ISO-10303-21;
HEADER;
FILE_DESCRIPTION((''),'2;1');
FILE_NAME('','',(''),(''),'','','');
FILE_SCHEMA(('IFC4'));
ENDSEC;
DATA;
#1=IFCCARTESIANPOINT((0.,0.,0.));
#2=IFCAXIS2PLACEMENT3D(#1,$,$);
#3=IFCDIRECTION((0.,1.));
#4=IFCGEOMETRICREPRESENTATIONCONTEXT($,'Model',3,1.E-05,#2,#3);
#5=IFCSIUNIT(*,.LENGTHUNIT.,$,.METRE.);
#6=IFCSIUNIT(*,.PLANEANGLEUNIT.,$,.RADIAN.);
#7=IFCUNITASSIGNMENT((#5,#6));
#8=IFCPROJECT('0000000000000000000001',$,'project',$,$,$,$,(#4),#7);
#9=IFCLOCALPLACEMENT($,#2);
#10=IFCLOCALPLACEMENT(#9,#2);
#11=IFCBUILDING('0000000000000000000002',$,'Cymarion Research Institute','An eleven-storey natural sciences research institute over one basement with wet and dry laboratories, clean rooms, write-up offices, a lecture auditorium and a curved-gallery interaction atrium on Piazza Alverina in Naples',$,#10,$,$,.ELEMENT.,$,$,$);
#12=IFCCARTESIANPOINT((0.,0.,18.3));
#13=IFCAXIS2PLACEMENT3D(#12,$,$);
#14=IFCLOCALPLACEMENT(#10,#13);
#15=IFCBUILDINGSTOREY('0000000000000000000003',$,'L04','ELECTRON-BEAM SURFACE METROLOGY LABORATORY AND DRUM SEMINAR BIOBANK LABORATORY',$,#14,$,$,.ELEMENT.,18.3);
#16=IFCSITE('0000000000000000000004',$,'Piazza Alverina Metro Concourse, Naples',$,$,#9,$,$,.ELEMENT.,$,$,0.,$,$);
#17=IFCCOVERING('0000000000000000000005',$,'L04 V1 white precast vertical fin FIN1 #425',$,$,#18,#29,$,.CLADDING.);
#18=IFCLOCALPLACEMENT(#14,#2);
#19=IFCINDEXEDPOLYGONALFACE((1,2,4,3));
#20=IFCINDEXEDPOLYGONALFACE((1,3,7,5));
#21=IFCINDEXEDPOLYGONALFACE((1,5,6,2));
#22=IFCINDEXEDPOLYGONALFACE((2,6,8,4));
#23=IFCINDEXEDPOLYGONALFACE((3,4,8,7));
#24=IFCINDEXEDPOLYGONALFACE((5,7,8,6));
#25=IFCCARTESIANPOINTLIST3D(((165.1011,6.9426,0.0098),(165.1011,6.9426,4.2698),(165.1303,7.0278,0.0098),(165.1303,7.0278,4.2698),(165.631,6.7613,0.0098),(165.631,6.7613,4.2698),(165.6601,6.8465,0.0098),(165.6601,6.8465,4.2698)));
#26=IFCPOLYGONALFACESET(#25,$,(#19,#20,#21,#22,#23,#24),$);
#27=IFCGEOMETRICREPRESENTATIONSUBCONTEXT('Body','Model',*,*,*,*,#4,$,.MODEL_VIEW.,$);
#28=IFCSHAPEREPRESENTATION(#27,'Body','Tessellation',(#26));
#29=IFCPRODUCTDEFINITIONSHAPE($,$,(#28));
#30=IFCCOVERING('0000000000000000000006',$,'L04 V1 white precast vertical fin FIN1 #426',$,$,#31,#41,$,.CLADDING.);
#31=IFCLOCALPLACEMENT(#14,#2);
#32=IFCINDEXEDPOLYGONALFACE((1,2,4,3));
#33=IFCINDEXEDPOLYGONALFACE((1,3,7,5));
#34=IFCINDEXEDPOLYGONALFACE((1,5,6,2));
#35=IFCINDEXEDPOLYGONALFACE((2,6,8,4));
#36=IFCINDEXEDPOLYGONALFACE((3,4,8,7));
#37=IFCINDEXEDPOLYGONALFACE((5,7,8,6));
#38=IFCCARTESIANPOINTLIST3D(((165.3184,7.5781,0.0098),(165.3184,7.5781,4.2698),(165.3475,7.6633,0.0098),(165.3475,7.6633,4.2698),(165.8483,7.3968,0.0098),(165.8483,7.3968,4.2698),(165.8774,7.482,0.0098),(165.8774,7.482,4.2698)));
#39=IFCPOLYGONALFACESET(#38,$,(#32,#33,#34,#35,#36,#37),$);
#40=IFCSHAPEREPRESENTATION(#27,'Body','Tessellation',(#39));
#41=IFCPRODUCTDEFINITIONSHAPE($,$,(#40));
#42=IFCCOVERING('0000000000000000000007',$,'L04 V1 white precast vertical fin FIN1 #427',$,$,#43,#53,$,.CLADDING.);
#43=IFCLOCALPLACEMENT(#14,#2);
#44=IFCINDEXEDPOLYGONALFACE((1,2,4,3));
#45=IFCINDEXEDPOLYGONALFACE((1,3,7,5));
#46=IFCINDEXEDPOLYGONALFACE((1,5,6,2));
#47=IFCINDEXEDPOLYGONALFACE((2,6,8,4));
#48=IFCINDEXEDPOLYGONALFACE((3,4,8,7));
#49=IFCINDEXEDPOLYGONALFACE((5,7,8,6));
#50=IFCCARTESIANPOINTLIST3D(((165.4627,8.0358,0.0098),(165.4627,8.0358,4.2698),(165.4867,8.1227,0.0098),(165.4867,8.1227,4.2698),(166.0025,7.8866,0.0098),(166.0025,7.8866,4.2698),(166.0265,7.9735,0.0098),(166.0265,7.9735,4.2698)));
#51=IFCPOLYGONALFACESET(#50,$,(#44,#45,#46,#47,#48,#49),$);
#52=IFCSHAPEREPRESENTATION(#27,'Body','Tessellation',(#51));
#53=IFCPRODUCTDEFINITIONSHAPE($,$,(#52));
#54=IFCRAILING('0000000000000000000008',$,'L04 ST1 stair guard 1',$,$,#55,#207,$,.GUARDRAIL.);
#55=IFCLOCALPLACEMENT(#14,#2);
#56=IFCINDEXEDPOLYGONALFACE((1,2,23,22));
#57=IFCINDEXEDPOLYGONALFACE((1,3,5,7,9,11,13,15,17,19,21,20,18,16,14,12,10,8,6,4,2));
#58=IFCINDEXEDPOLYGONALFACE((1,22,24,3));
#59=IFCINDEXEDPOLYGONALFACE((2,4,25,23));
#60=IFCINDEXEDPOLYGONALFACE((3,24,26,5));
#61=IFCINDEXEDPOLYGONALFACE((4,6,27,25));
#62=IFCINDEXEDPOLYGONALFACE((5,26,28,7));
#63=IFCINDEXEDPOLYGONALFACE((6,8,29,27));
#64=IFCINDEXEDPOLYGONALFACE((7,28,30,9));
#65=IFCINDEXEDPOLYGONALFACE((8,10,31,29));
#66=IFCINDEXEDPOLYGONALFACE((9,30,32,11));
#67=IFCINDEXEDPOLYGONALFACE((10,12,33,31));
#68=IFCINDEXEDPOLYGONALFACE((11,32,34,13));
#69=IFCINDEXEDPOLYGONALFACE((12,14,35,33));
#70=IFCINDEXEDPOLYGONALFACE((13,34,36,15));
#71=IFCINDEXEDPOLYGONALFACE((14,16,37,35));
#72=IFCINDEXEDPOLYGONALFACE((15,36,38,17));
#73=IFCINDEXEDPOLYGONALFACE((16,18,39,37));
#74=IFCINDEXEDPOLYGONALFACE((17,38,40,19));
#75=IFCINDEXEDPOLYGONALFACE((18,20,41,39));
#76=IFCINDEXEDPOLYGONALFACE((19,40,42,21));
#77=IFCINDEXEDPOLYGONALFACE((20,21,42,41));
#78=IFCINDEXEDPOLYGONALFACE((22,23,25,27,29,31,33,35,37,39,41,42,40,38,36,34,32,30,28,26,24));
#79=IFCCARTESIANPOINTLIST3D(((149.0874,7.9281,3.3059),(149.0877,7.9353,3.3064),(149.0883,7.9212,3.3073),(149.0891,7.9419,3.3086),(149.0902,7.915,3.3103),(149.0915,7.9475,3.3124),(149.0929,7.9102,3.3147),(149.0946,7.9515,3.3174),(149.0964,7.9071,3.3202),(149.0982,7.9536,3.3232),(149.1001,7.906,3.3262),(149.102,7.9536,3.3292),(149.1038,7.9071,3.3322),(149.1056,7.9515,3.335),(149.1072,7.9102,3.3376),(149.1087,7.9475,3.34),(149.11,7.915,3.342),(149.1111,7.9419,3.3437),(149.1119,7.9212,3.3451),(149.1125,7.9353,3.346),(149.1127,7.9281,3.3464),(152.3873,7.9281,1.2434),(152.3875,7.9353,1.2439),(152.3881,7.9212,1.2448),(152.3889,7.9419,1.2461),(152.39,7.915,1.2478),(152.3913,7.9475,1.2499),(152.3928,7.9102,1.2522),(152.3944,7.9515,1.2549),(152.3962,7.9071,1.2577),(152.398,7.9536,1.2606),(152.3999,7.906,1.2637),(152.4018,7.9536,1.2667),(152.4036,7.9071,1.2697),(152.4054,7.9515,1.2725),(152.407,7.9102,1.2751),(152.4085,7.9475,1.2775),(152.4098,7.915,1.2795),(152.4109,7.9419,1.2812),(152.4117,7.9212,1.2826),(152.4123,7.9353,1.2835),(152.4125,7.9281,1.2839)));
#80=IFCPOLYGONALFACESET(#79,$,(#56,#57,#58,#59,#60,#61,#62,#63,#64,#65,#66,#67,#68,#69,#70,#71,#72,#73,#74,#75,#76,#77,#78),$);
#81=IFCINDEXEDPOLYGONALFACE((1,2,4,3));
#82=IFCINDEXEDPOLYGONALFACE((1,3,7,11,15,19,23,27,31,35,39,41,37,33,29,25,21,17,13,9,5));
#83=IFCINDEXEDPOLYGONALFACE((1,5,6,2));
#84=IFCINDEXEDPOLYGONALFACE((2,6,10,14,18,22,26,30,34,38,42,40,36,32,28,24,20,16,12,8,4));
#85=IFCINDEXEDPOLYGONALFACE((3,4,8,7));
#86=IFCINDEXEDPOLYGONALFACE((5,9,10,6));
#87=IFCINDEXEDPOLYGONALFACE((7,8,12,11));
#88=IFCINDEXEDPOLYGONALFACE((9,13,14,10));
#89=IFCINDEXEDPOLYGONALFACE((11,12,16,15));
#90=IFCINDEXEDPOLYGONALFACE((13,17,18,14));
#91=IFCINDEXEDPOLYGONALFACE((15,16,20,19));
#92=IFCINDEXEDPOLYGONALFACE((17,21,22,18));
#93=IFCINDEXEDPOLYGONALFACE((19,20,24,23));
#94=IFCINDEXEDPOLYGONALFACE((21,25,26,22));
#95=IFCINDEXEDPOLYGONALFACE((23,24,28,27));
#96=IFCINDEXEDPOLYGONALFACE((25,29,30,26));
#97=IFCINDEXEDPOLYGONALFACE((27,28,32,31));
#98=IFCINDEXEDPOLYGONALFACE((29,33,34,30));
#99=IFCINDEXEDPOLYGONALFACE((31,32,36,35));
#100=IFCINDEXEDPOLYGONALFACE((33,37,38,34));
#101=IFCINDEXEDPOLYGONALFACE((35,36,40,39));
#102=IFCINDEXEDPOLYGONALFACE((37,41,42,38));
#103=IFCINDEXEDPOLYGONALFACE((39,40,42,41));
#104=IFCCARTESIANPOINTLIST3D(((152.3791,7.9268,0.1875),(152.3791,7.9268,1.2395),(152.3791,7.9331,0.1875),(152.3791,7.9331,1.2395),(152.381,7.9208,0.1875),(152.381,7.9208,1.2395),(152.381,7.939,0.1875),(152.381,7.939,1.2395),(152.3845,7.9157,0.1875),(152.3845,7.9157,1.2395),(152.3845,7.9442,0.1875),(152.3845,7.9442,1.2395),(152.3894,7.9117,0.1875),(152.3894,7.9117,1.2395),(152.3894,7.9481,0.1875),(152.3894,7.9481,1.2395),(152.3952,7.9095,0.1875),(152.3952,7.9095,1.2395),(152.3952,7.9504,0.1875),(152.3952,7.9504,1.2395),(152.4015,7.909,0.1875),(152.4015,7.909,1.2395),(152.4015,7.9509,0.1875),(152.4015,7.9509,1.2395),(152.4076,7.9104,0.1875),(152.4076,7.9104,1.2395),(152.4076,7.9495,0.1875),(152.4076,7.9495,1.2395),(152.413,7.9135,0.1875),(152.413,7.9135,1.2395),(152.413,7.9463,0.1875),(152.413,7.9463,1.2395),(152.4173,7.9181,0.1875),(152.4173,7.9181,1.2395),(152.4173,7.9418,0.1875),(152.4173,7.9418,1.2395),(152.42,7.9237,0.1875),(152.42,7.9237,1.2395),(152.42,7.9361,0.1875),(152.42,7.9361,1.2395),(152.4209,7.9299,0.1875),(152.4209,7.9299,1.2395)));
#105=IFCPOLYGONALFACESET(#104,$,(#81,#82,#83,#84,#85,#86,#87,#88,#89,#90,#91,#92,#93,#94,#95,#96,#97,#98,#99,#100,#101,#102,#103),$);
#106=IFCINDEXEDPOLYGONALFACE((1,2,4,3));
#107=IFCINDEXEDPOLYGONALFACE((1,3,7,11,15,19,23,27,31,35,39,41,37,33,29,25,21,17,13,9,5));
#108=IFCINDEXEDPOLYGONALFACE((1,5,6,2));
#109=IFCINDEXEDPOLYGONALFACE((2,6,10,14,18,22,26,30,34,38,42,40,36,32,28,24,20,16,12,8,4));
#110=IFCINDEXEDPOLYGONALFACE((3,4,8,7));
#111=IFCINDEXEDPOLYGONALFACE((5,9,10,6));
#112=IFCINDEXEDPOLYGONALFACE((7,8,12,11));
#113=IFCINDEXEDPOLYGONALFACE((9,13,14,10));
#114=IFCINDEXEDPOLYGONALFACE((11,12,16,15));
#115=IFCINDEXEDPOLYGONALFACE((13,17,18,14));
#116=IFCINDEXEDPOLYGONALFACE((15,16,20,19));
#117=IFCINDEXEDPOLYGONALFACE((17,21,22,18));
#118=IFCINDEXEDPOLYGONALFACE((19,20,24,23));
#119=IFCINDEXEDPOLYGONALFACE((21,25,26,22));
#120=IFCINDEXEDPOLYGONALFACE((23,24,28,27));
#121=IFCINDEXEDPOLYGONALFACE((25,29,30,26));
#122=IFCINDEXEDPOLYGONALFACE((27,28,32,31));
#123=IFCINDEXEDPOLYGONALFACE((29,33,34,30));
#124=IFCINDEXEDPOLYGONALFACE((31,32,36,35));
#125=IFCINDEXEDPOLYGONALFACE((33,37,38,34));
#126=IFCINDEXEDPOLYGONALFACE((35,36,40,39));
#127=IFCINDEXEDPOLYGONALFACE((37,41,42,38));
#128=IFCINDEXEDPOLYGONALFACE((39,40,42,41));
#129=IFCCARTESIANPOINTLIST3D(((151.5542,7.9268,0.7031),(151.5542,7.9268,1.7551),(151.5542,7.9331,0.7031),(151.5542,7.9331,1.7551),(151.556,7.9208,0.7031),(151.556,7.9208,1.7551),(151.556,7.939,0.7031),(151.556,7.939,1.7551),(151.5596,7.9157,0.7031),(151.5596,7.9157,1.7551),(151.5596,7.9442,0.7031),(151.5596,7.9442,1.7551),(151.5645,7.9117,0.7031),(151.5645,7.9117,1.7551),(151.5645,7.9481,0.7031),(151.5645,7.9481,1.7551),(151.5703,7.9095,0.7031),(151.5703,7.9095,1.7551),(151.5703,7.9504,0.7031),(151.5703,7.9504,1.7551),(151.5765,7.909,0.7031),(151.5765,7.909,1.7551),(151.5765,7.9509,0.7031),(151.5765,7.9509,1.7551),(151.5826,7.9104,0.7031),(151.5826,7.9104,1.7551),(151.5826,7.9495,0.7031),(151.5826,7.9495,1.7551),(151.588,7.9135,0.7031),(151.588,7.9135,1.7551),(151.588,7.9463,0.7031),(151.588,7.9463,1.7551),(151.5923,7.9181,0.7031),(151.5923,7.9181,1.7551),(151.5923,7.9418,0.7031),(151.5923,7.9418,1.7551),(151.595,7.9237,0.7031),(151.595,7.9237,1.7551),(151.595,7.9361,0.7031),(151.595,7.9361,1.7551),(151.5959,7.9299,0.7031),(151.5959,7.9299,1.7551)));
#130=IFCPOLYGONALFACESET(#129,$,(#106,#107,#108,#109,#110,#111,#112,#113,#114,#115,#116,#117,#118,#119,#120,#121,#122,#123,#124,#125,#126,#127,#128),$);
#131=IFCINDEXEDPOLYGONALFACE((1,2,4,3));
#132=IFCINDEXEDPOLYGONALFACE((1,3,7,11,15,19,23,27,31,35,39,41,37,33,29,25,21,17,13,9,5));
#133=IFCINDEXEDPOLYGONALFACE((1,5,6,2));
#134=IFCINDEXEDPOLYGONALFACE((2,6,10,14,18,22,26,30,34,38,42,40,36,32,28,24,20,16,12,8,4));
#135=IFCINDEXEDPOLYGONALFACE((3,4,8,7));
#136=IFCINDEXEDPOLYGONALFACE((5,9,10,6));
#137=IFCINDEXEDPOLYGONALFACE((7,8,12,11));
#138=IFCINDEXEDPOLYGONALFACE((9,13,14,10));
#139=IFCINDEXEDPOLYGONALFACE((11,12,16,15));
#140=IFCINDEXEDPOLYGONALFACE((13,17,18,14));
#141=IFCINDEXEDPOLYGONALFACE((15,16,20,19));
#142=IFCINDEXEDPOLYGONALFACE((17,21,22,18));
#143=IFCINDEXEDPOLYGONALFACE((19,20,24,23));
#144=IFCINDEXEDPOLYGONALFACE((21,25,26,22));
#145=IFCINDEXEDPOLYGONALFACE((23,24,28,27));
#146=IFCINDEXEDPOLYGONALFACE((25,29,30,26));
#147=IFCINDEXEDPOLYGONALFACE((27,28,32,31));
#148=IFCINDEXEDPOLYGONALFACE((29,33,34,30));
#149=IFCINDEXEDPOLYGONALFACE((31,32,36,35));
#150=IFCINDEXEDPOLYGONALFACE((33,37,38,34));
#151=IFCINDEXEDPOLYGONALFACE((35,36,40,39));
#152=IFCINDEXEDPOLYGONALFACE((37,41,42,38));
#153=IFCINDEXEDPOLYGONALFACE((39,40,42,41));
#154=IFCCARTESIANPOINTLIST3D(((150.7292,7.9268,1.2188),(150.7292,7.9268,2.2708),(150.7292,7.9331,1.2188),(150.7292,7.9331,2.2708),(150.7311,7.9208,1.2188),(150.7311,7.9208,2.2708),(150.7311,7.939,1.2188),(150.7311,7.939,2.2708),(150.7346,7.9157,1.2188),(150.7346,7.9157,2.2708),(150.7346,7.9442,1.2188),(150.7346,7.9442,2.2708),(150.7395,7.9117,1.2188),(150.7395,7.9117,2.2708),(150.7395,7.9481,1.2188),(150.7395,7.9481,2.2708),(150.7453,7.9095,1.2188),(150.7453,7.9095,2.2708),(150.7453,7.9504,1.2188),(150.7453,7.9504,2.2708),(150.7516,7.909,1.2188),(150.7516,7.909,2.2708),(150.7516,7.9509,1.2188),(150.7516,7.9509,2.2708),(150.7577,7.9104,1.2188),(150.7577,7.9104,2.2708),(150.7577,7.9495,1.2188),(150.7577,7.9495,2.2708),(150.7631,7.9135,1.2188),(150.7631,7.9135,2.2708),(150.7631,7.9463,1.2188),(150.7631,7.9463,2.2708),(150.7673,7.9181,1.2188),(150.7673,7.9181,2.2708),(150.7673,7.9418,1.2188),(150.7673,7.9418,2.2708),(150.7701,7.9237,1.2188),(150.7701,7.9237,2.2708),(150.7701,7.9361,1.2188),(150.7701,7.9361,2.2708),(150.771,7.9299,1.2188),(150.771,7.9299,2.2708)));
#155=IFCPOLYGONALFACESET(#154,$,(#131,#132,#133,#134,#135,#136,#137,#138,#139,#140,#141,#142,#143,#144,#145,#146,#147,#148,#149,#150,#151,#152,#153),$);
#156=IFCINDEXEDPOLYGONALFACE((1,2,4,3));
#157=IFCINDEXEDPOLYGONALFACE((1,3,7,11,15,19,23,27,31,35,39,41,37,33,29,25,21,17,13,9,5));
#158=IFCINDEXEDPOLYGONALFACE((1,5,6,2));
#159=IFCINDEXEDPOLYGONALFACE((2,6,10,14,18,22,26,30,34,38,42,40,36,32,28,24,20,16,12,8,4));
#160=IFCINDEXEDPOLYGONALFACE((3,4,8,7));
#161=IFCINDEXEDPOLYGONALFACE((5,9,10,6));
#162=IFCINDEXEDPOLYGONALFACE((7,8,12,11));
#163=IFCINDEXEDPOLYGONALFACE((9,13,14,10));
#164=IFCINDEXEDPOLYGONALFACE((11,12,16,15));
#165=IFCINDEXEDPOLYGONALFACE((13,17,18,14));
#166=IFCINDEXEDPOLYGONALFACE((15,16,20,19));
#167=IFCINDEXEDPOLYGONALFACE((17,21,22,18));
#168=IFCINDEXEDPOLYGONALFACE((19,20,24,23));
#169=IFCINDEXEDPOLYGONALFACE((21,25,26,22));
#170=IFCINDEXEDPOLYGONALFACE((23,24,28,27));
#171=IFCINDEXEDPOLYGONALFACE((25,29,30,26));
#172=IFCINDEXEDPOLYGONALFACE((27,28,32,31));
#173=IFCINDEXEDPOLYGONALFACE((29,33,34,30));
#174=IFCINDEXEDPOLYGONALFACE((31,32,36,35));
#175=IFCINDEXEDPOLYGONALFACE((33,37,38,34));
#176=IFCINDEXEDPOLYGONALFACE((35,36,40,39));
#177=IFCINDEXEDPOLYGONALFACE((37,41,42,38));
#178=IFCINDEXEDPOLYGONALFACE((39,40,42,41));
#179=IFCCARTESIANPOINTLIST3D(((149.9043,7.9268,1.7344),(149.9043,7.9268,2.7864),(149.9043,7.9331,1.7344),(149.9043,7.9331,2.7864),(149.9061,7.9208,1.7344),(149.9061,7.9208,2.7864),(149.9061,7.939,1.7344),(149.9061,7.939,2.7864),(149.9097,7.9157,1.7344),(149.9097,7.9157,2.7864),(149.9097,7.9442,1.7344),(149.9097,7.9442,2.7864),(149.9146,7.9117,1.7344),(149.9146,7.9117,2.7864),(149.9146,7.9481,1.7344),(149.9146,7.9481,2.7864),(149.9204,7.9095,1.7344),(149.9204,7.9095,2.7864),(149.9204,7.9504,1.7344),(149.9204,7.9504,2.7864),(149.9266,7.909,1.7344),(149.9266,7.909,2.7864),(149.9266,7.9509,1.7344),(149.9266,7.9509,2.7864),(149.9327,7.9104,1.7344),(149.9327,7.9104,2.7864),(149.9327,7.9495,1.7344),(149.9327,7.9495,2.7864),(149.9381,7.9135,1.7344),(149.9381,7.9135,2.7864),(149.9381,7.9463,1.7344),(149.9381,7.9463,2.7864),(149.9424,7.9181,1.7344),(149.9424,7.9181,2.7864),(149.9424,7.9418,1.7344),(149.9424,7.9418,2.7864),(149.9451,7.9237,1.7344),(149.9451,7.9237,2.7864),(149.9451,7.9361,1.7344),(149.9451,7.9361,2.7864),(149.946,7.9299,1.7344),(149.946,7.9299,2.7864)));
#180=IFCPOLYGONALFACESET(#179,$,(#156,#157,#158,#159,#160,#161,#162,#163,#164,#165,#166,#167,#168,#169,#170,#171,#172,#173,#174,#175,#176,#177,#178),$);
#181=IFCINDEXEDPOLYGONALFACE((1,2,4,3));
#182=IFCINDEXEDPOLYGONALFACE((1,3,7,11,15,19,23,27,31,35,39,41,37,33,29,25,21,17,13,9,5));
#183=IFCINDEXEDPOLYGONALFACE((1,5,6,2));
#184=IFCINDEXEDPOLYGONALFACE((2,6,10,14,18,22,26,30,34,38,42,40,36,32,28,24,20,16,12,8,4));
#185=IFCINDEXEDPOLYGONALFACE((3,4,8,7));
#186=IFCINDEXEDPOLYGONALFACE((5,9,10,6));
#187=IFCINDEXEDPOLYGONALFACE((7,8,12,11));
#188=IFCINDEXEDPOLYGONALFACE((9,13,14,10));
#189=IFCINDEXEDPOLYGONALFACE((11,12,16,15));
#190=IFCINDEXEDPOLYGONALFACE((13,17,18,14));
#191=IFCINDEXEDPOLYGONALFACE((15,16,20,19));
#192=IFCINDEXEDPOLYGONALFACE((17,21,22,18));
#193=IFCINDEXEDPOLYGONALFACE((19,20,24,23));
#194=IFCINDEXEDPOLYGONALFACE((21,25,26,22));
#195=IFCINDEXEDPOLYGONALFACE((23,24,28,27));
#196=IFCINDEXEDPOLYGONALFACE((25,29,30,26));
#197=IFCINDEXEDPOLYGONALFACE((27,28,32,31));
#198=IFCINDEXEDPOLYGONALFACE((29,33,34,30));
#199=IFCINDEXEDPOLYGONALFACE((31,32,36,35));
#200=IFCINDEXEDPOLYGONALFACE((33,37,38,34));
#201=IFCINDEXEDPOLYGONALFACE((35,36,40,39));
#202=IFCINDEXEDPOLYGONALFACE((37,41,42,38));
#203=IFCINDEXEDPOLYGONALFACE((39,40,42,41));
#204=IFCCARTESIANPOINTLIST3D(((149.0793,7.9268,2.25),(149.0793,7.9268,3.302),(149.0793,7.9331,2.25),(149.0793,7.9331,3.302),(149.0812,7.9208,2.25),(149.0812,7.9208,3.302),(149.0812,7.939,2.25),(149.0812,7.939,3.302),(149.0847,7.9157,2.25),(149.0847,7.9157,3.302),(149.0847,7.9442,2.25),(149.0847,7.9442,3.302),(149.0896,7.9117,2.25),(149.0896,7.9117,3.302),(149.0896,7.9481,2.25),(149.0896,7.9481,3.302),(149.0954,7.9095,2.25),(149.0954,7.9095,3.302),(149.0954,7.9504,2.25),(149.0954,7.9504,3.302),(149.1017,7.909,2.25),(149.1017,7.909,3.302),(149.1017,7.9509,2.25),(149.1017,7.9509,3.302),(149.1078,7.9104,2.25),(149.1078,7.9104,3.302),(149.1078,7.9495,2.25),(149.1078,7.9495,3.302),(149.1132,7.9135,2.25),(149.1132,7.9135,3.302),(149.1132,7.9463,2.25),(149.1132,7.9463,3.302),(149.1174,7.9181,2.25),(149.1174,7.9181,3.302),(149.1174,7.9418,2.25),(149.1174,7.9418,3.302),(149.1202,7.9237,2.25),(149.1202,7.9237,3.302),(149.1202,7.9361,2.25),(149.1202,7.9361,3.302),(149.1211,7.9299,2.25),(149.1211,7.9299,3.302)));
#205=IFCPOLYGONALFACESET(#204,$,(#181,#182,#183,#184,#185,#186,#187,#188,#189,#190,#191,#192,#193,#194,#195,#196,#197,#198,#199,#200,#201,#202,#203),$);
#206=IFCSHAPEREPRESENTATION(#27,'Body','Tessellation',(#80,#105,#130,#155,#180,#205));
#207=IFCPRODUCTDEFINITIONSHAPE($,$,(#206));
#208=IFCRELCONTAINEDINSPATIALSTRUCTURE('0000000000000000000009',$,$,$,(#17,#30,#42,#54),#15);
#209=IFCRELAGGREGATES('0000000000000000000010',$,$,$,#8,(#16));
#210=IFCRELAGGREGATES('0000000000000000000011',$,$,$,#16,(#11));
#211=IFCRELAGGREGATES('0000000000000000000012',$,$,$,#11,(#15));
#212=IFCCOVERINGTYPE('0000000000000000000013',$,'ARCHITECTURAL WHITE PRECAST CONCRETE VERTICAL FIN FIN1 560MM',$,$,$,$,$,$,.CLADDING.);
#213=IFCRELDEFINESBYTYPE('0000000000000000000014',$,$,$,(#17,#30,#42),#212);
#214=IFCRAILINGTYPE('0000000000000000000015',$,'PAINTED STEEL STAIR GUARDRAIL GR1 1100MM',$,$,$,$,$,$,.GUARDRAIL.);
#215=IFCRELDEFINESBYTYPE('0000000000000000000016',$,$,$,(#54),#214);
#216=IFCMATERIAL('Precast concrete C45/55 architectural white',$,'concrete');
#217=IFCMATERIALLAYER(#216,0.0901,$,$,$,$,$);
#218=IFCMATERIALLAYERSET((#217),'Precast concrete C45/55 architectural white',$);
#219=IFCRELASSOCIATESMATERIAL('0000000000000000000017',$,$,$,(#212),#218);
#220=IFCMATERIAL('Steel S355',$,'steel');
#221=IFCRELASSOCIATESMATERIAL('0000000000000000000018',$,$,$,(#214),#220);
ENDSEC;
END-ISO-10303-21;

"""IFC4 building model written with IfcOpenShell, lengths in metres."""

from ifc_helpers import new_model, si_unit, direction, frame, origin, origin_2d, place, context, subcontext, project, spatial, rectangle, circle, extrude, material, layer, layer_set, type_object, element, save


model = new_model("IFC4")

# Units and contexts
model_context = context("Model", 3, precision=1e-05, world=origin(), true_north=direction((0.0, 1.0)))
body_context = subcontext(model_context, "Body", "Model", "MODEL_VIEW")
ifc_project = project(units=[si_unit("LENGTHUNIT", "METRE"), si_unit("PLANEANGLEUNIT", "RADIAN")], contexts=[model_context])

# Site, building, storey
site_placement = place(None, origin())
site = spatial("IfcSite", under=ifc_project, at=site_placement, Name="Piazza Alverina Metro Concourse, Naples", CompositionType="ELEMENT", RefElevation=0.0)
building_placement = place(site_placement, origin())
building = spatial("IfcBuilding", under=site, at=building_placement, Name="Cymarion Research Institute", Description="An eleven-storey natural sciences research institute over one basement with wet and dry laboratories, clean rooms, write-up offices, a lecture auditorium and a curved-gallery interaction atrium on Piazza Alverina in Naples", CompositionType="ELEMENT")
storey_placement = place(building_placement, frame((0.0, 0.0, 18.3)))
storey = spatial("IfcBuildingStorey", under=building, at=storey_placement, Name="L04", Description="ELECTRON-BEAM SURFACE METROLOGY LABORATORY AND DRUM SEMINAR BIOBANK LABORATORY", CompositionType="ELEMENT", Elevation=18.3)

# Shared definitions
ifc_material_1 = material(Name="Steel S355", Category="steel")

# Coverings
ifc_material_2 = material(Name="Precast concrete C45/55 architectural white", Category="concrete")
ifc_layer_1 = layer(ifc_material_2, 0.0901)
ifc_layer_set_1 = layer_set([ifc_layer_1], Name="Precast concrete C45/55 architectural white")
covering_type = type_object("IfcCoveringType", Name="ARCHITECTURAL WHITE PRECAST CONCRETE VERTICAL FIN FIN1 560MM", PredefinedType="CLADDING", material=ifc_layer_set_1)
for number, where, z_axis, x_axis, name in (
    (1, (165.3806, 6.8945, 0.0098), (0.0, 0.0, 1.0), (0.946142, -0.323752, 0.0), "L04 V1 white precast vertical fin FIN1 #425"),
    (2, (165.5979, 7.53, 0.0098), (0.0, 0.0, 1.0), (0.946142, -0.323752, 0.0), "L04 V1 white precast vertical fin FIN1 #426"),
    (3, (165.7446, 8.0046, 0.0098), (0.0, 0.0, 1.0), (0.963863, -0.266397, 0.0), "L04 V1 white precast vertical fin FIN1 #427"),
):
    element("IfcCovering", number, at=place(storey_placement, frame(where, z_axis=z_axis, x_axis=x_axis)), inside=storey, type_object=covering_type, Name=name, PredefinedType="CLADDING", context=body_context, shape_type="SweptSolid", body=[
        extrude(rectangle(XDim=0.5601, YDim=0.0901, at=origin_2d()), origin(), (0.0, 0.0, 1.0), 4.26),
    ])

# Railing
railing_type = type_object("IfcRailingType", Name="PAINTED STEEL STAIR GUARDRAIL GR1 1100MM", PredefinedType="GUARDRAIL", material=ifc_material_1)
railing_1_placement = place(storey_placement, frame((152.3999, 7.9299, 0.1875)))
element("IfcRailing", 4, at=railing_1_placement, inside=storey, type_object=railing_type, Name="L04 ST1 stair guard 1", PredefinedType="GUARDRAIL", context=body_context, shape_type="SweptSolid", body=[
    extrude(circle(Radius=0.0239, at=origin_2d()), frame((0.0, 0.0, 1.0762), z_axis=(-0.847984, 0.0, 0.530021), x_axis=(0.0, -1.0, 0.0)), (0.0, 0.0, 1.0), 3.8914),
    extrude(circle(Radius=0.021, at=origin_2d()), origin(), (0.0, 0.0, 1.0), 1.052),
    extrude(circle(Radius=0.021, at=origin_2d()), frame((-0.825, 0.0, 0.5156)), (0.0, 0.0, 1.0), 1.052),
    extrude(circle(Radius=0.021, at=origin_2d()), frame((-1.6499, 0.0, 1.0312)), (0.0, 0.0, 1.0), 1.052),
    extrude(circle(Radius=0.021, at=origin_2d()), frame((-2.4749, 0.0, 1.5469)), (0.0, 0.0, 1.0), 1.052),
    extrude(circle(Radius=0.021, at=origin_2d()), frame((-3.2998, 0.0, 2.0625)), (0.0, 0.0, 1.0), 1.052),
])

save(model, "model.ifc")
